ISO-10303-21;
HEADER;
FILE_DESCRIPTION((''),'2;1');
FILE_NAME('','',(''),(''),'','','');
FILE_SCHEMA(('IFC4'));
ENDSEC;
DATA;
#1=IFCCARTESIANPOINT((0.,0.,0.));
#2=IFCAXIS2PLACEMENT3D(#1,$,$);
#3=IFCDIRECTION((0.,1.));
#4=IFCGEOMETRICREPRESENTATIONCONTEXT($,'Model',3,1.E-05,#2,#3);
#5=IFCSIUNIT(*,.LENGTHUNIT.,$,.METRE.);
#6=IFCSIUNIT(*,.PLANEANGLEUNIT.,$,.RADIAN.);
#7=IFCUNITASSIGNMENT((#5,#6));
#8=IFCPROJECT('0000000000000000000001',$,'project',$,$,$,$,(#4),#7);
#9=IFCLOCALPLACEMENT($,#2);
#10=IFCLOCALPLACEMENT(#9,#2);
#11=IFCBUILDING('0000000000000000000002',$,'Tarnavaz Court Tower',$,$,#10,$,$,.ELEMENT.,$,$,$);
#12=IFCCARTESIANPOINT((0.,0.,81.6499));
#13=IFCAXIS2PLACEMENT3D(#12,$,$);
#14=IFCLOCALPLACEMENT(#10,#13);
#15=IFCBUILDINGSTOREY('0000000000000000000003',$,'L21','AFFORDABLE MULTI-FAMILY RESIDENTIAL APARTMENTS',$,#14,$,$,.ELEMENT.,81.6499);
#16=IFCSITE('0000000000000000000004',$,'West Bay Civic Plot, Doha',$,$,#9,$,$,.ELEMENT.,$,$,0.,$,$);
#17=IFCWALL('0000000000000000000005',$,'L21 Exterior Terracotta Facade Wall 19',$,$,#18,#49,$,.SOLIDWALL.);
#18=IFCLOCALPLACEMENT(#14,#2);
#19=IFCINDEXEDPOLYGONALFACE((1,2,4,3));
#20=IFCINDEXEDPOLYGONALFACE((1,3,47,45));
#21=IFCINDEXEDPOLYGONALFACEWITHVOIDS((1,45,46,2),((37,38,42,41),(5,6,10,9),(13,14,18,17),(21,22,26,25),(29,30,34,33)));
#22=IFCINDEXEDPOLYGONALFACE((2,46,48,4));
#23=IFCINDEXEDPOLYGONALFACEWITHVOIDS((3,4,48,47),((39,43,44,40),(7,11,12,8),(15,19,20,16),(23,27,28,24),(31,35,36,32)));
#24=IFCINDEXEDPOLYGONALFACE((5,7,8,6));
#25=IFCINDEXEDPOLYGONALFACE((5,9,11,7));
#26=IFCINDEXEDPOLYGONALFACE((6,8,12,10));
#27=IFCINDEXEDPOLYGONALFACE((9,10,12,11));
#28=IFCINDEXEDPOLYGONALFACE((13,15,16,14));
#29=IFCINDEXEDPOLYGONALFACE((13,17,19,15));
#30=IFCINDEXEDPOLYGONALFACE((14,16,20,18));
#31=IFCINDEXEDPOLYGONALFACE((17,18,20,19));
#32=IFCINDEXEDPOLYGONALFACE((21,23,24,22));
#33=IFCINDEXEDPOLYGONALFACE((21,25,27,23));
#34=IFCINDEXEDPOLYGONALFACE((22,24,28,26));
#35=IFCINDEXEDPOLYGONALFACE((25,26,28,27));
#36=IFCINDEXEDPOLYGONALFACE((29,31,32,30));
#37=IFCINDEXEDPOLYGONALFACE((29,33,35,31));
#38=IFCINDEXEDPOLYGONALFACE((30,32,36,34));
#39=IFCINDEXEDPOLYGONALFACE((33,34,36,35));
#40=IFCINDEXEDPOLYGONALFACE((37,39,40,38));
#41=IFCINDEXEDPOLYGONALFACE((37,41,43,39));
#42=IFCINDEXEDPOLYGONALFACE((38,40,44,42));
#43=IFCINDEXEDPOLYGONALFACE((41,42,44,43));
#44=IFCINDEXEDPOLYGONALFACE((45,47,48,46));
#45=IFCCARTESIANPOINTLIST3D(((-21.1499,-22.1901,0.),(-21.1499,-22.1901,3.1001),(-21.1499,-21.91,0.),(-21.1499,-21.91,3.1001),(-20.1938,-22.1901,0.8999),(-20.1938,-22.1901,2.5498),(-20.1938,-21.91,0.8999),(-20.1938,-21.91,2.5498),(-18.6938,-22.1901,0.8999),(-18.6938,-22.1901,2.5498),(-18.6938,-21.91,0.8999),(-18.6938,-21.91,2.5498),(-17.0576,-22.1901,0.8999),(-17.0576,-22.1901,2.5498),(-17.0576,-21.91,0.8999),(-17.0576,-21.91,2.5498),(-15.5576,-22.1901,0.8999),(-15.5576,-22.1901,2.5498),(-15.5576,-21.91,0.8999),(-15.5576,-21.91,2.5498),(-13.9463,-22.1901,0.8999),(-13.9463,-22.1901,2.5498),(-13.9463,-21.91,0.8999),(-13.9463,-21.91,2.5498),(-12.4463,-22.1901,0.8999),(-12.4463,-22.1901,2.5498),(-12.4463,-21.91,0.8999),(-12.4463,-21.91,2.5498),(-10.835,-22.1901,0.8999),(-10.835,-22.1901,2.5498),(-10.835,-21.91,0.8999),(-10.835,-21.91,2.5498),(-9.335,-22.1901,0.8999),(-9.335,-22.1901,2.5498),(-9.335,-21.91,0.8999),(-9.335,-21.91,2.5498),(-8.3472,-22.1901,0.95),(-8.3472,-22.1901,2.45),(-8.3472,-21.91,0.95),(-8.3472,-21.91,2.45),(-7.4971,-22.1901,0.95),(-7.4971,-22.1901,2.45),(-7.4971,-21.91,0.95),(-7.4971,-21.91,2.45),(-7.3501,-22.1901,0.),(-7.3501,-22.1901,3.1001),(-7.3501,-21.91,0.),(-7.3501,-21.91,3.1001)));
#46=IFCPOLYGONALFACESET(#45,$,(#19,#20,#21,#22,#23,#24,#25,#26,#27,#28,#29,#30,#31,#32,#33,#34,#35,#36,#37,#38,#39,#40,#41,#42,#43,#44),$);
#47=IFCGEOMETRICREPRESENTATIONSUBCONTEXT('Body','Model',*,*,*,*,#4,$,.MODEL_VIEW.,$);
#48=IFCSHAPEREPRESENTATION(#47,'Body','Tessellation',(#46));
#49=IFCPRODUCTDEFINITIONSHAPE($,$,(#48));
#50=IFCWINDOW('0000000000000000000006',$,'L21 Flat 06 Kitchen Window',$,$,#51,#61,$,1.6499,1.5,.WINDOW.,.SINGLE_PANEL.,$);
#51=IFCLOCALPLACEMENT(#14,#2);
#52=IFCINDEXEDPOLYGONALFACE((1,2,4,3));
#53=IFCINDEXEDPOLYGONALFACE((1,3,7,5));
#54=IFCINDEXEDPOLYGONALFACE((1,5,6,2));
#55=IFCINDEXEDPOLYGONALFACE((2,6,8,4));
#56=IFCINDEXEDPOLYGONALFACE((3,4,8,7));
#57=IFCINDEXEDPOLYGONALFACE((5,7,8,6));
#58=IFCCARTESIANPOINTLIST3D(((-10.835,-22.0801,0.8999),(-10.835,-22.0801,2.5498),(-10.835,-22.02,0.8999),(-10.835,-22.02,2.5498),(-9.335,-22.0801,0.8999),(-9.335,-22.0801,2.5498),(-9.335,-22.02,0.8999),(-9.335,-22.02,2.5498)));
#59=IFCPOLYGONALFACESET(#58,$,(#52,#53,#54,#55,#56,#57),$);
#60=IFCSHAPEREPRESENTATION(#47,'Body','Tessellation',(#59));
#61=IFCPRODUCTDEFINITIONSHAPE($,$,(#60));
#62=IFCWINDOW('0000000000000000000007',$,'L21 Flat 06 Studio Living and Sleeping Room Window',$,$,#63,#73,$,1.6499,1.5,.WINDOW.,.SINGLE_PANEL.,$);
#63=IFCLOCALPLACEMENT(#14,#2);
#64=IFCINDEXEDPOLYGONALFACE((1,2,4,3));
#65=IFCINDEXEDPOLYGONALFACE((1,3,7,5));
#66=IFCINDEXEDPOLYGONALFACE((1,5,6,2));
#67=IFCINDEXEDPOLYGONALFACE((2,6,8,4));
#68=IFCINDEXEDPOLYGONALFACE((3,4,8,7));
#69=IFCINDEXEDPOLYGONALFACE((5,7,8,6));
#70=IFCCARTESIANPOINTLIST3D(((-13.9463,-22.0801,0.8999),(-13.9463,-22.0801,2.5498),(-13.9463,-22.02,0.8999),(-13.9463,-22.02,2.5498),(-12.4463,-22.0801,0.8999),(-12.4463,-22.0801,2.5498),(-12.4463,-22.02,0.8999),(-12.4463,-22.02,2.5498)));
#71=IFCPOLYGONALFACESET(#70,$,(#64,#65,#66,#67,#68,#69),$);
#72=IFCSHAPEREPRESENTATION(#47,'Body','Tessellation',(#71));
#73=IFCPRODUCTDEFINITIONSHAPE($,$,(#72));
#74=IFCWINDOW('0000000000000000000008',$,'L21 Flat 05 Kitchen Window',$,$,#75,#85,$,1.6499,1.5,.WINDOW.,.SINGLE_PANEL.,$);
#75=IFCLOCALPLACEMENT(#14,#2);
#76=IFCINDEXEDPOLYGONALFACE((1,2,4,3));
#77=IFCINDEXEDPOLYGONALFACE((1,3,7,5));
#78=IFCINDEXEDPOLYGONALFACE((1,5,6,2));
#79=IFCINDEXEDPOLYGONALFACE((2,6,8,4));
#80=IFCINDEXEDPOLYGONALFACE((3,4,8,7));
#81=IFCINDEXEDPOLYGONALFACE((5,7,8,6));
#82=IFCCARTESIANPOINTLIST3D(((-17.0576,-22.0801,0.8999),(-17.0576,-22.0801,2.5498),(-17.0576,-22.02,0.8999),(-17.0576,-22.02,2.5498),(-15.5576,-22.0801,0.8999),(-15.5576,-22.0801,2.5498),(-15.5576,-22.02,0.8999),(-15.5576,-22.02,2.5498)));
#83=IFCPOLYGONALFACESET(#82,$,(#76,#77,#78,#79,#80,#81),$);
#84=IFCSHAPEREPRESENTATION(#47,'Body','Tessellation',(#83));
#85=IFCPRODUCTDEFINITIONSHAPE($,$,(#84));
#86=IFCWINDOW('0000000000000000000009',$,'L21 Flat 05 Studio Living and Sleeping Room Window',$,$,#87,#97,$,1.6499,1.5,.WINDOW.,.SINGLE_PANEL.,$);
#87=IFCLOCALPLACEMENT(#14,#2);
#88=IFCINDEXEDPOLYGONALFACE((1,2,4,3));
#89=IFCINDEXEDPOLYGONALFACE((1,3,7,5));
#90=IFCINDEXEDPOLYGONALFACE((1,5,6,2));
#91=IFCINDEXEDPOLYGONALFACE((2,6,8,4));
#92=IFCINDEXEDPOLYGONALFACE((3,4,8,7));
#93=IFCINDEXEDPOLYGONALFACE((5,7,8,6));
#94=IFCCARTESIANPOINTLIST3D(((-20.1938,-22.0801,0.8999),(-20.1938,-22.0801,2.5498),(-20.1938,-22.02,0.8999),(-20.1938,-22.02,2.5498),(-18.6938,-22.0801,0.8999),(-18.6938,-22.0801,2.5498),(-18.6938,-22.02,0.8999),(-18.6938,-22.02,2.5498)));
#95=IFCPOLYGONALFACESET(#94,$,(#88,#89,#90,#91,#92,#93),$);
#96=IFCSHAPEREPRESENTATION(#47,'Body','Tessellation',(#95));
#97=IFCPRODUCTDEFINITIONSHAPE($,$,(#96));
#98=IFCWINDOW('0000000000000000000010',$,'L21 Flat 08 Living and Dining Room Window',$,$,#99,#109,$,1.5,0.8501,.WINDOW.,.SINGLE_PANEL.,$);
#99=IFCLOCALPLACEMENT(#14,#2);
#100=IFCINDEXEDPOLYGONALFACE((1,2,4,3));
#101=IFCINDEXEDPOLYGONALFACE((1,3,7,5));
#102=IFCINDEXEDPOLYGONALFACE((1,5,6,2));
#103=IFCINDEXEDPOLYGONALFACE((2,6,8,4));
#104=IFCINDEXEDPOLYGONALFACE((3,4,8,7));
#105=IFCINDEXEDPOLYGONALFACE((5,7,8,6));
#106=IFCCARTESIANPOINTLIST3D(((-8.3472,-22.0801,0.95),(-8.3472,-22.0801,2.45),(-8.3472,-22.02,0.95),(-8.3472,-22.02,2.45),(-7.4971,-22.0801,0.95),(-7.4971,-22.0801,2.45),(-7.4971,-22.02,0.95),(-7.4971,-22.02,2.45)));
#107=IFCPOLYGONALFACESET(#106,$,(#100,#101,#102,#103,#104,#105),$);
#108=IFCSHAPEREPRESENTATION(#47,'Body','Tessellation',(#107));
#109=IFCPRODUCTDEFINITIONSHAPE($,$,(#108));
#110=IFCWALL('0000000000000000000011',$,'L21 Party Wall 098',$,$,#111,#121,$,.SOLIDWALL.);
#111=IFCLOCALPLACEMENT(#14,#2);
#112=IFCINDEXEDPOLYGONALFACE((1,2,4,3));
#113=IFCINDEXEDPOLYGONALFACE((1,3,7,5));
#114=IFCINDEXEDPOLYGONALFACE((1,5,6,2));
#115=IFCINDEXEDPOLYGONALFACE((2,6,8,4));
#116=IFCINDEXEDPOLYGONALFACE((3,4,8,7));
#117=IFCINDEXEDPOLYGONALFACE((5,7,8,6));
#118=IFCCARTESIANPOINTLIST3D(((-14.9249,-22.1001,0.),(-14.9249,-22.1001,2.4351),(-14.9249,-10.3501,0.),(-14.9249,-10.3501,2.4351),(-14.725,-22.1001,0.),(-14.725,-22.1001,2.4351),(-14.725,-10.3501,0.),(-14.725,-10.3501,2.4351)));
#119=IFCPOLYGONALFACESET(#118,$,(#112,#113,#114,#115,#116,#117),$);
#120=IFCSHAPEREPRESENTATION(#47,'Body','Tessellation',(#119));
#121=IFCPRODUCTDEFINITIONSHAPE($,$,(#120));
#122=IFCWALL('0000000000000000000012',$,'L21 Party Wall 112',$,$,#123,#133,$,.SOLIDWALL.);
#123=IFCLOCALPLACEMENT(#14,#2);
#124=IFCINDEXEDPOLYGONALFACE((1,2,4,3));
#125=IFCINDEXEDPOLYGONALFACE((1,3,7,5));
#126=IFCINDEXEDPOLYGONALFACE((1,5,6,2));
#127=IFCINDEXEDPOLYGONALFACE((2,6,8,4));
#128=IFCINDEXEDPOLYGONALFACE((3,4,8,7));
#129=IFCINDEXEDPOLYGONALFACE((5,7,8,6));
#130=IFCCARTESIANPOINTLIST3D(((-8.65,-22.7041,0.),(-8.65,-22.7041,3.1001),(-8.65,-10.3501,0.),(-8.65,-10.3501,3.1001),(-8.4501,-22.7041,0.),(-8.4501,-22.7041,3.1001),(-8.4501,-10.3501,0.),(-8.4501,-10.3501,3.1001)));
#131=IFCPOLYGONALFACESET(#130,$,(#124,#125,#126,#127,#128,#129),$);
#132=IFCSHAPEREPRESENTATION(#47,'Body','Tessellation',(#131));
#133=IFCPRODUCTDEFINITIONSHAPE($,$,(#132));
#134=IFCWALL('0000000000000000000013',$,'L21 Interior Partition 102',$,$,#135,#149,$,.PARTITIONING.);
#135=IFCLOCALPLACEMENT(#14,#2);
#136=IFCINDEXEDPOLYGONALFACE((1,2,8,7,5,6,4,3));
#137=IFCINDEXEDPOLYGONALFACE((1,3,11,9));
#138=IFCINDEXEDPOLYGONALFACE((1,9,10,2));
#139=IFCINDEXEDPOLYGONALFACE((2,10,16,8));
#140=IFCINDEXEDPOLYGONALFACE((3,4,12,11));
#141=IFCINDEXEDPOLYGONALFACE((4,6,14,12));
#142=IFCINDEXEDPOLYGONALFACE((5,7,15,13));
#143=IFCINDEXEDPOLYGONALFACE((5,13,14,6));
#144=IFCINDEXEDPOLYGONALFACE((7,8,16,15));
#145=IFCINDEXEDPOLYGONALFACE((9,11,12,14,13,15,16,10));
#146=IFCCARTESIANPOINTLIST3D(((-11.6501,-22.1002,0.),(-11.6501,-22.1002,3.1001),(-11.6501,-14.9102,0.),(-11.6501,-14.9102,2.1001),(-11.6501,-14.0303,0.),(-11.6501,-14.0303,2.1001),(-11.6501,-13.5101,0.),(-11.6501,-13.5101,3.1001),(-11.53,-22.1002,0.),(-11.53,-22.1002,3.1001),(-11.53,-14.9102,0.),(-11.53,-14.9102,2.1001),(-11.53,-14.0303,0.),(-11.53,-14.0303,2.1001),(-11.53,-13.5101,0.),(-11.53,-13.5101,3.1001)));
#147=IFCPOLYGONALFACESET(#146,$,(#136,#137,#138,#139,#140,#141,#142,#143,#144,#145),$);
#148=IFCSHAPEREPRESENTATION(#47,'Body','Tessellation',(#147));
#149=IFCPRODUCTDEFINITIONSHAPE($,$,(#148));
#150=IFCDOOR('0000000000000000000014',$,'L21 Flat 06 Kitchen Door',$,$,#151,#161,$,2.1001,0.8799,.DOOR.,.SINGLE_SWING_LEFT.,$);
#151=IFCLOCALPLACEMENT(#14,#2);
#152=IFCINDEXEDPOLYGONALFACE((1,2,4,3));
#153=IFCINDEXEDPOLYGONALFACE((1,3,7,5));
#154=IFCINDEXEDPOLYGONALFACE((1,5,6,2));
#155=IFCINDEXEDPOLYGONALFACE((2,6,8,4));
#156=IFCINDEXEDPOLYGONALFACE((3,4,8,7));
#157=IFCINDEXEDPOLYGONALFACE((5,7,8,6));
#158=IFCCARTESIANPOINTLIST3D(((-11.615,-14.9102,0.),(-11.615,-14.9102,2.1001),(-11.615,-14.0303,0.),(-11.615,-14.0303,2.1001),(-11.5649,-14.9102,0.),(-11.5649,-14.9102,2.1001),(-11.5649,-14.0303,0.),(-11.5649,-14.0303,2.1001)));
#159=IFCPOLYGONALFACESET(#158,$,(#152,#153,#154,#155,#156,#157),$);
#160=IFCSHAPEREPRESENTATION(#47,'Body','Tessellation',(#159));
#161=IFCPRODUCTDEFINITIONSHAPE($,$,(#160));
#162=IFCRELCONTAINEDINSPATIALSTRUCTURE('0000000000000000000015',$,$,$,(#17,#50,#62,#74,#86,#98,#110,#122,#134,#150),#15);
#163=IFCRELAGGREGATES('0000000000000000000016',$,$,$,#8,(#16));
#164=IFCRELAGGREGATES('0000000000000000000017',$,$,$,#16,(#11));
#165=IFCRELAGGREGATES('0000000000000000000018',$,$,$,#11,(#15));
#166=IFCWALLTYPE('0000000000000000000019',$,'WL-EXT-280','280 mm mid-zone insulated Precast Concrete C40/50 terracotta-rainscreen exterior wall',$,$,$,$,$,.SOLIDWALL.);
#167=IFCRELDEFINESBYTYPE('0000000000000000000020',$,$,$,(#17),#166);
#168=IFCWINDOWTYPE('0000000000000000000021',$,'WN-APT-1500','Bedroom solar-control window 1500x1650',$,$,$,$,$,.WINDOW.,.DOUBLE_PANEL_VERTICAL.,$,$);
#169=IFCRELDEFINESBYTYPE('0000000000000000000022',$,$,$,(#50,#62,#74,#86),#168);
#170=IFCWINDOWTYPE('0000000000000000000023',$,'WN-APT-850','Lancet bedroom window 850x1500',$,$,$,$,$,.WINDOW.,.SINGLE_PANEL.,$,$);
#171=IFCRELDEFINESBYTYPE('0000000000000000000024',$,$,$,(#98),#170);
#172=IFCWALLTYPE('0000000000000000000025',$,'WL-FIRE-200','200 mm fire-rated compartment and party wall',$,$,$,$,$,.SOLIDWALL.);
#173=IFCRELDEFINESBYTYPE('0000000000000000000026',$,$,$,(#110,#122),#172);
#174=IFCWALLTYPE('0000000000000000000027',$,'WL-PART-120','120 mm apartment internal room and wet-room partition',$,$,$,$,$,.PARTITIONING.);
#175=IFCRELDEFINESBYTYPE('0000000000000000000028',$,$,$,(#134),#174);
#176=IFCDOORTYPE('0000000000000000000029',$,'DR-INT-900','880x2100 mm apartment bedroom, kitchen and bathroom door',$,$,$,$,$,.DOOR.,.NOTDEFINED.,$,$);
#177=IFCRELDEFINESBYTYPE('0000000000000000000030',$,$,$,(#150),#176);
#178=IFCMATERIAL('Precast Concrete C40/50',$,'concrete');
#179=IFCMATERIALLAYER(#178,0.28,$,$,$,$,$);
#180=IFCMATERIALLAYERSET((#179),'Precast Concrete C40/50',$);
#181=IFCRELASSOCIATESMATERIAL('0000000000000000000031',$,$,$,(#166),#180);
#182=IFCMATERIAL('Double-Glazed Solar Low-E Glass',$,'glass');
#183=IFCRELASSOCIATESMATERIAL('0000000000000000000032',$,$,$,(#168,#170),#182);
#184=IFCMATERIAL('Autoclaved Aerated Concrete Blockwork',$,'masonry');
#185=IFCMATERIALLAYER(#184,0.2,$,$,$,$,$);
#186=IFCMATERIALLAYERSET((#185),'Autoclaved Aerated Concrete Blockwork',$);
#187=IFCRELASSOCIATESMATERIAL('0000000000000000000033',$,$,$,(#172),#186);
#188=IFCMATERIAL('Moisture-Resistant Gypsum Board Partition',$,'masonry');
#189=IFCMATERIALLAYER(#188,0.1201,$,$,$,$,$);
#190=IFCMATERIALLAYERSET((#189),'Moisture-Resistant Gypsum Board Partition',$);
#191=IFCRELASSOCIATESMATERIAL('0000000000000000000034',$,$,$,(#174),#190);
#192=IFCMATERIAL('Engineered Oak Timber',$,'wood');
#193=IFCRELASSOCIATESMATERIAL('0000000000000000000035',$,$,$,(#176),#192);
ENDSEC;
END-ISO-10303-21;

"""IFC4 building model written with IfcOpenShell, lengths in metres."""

from ifc_helpers import new_model, si_unit, direction, frame, frame_2d, origin, place, context, subcontext, project, spatial, rectangle, extrude, material, layer, layer_set, type_object, element, fill, save


model = new_model("IFC4")

# Units and contexts
model_context = context("Model", 3, precision=1e-05, world=origin(), true_north=direction((0.0, 1.0)))
body_context = subcontext(model_context, "Body", "Model", "MODEL_VIEW")
ifc_project = project(units=[si_unit("LENGTHUNIT", "METRE"), si_unit("PLANEANGLEUNIT", "RADIAN")], contexts=[model_context])

# Site, building, storey
site_placement = place(None, origin())
site = spatial("IfcSite", under=ifc_project, at=site_placement, Name="West Bay Civic Plot, Doha", CompositionType="ELEMENT", RefElevation=0.0)
building_placement = place(site_placement, origin())
building = spatial("IfcBuilding", under=site, at=building_placement, Name="Tarnavaz Court Tower", CompositionType="ELEMENT")
storey_placement = place(building_placement, frame((0.0, 0.0, 81.6499)))
storey = spatial("IfcBuildingStorey", under=building, at=storey_placement, Name="L21", Description="AFFORDABLE MULTI-FAMILY RESIDENTIAL APARTMENTS", CompositionType="ELEMENT", Elevation=81.6499)

# Shared definitions
ifc_material_1 = material(Name="Double-Glazed Solar Low-E Glass", Category="glass")

# Shared definitions
ifc_material_2 = material(Name="Precast Concrete C40/50", Category="concrete")
ifc_layer_1 = layer(ifc_material_2, 0.28)
ifc_layer_set_1 = layer_set([ifc_layer_1], Name="Precast Concrete C40/50")
wall_type_1 = type_object("IfcWallType", Name="WL-EXT-280", Description="280 mm mid-zone insulated Precast Concrete C40/50 terracotta-rainscreen exterior wall", PredefinedType="SOLIDWALL", material=ifc_layer_set_1)

# Wall, openings, windows
wall_1_placement = place(storey_placement, frame((-7.3501, -22.05, 0.0), z_axis=(0.0, 0.0, 1.0), x_axis=(-1.0, 0.0, 0.0)))
wall_1 = element("IfcWall", 1, at=wall_1_placement, inside=storey, type_object=wall_type_1, Name="L21 Exterior Terracotta Facade Wall 19", PredefinedType="SOLIDWALL", context=body_context, shape_type="SweptSolid", body=[
    extrude(rectangle(XDim=13.7998, YDim=0.28, at=frame_2d((6.8999, 0.0))), origin(), (0.0, 0.0, 1.0), 3.1001),
])
opening_1_placement = place(wall_1_placement, frame((0.147, 0.0, 0.95)))
opening_1 = element("IfcOpeningElement", 2, at=opening_1_placement, cuts=wall_1, PredefinedType="OPENING", context=body_context, shape_type="SweptSolid", body=[
    extrude(rectangle(XDim=0.8501, YDim=1.5, at=frame_2d((0.425, 0.75))), frame((0.0, 0.1499, 0.0), z_axis=(0.0, -1.0, 0.0), x_axis=(1.0, 0.0, 0.0)), (0.0, 0.0, 1.0), 0.3),
])
opening_2_placement = place(wall_1_placement, frame((1.9849, 0.0, 0.8999)))
opening_2 = element("IfcOpeningElement", 3, at=opening_2_placement, cuts=wall_1, PredefinedType="OPENING", context=body_context, shape_type="SweptSolid", body=[
    extrude(rectangle(XDim=1.5, YDim=1.6499, at=frame_2d((0.75, 0.825))), frame((0.0, 0.1499, 0.0), z_axis=(0.0, -1.0, 0.0), x_axis=(1.0, 0.0, 0.0)), (0.0, 0.0, 1.0), 0.3),
])
opening_3_placement = place(wall_1_placement, frame((5.0962, 0.0, 0.8999)))
opening_3 = element("IfcOpeningElement", 4, at=opening_3_placement, cuts=wall_1, PredefinedType="OPENING", context=body_context, shape_type="SweptSolid", body=[
    extrude(rectangle(XDim=1.5, YDim=1.6499, at=frame_2d((0.75, 0.825))), frame((0.0, 0.1499, 0.0), z_axis=(0.0, -1.0, 0.0), x_axis=(1.0, 0.0, 0.0)), (0.0, 0.0, 1.0), 0.3),
])
opening_4_placement = place(wall_1_placement, frame((8.2075, 0.0, 0.8999)))
opening_4 = element("IfcOpeningElement", 5, at=opening_4_placement, cuts=wall_1, PredefinedType="OPENING", context=body_context, shape_type="SweptSolid", body=[
    extrude(rectangle(XDim=1.5, YDim=1.6499, at=frame_2d((0.75, 0.825))), frame((0.0, 0.1499, 0.0), z_axis=(0.0, -1.0, 0.0), x_axis=(1.0, 0.0, 0.0)), (0.0, 0.0, 1.0), 0.3),
])
opening_5_placement = place(wall_1_placement, frame((11.3438, 0.0, 0.8999)))
opening_5 = element("IfcOpeningElement", 6, at=opening_5_placement, cuts=wall_1, PredefinedType="OPENING", context=body_context, shape_type="SweptSolid", body=[
    extrude(rectangle(XDim=1.5, YDim=1.6499, at=frame_2d((0.75, 0.825))), frame((0.0, 0.1499, 0.0), z_axis=(0.0, -1.0, 0.0), x_axis=(1.0, 0.0, 0.0)), (0.0, 0.0, 1.0), 0.3),
])
window_type_1 = type_object("IfcWindowType", Name="WN-APT-1500", Description="Bedroom solar-control window 1500x1650", PartitioningType="DOUBLE_PANEL_VERTICAL", PredefinedType="WINDOW", material=ifc_material_1)
window_1_placement = place(opening_2_placement, origin())
window_1 = element("IfcWindow", 7, at=window_1_placement, inside=storey, type_object=window_type_1, Name="L21 Flat 06 Kitchen Window", OverallHeight=1.6499, OverallWidth=1.5, PartitioningType="SINGLE_PANEL", PredefinedType="WINDOW", context=body_context, shape_type="SweptSolid", body=[
    extrude(rectangle(XDim=1.5, YDim=1.6499, at=frame_2d((0.75, 0.825))), frame((0.0, 0.03, 0.0), z_axis=(0.0, -1.0, 0.0), x_axis=(1.0, 0.0, 0.0)), (0.0, 0.0, 1.0), 0.0601),
])
fill(opening_2, window_1)
window_2_placement = place(opening_3_placement, origin())
window_2 = element("IfcWindow", 8, at=window_2_placement, inside=storey, type_object=window_type_1, Name="L21 Flat 06 Studio Living and Sleeping Room Window", OverallHeight=1.6499, OverallWidth=1.5, PartitioningType="SINGLE_PANEL", PredefinedType="WINDOW", context=body_context, shape_type="SweptSolid", body=[
    extrude(rectangle(XDim=1.5, YDim=1.6499, at=frame_2d((0.75, 0.825))), frame((0.0, 0.03, 0.0), z_axis=(0.0, -1.0, 0.0), x_axis=(1.0, 0.0, 0.0)), (0.0, 0.0, 1.0), 0.0601),
])
fill(opening_3, window_2)
window_3_placement = place(opening_4_placement, origin())
window_3 = element("IfcWindow", 9, at=window_3_placement, inside=storey, type_object=window_type_1, Name="L21 Flat 05 Kitchen Window", OverallHeight=1.6499, OverallWidth=1.5, PartitioningType="SINGLE_PANEL", PredefinedType="WINDOW", context=body_context, shape_type="SweptSolid", body=[
    extrude(rectangle(XDim=1.5, YDim=1.6499, at=frame_2d((0.75, 0.825))), frame((0.0, 0.03, 0.0), z_axis=(0.0, -1.0, 0.0), x_axis=(1.0, 0.0, 0.0)), (0.0, 0.0, 1.0), 0.0601),
])
fill(opening_4, window_3)
window_4_placement = place(opening_5_placement, origin())
window_4 = element("IfcWindow", 10, at=window_4_placement, inside=storey, type_object=window_type_1, Name="L21 Flat 05 Studio Living and Sleeping Room Window", OverallHeight=1.6499, OverallWidth=1.5, PartitioningType="SINGLE_PANEL", PredefinedType="WINDOW", context=body_context, shape_type="SweptSolid", body=[
    extrude(rectangle(XDim=1.5, YDim=1.6499, at=frame_2d((0.75, 0.825))), frame((0.0, 0.03, 0.0), z_axis=(0.0, -1.0, 0.0), x_axis=(1.0, 0.0, 0.0)), (0.0, 0.0, 1.0), 0.0601),
])
fill(opening_5, window_4)
window_type_2 = type_object("IfcWindowType", Name="WN-APT-850", Description="Lancet bedroom window 850x1500", PartitioningType="SINGLE_PANEL", PredefinedType="WINDOW", material=ifc_material_1)
window_5_placement = place(opening_1_placement, origin())
window_5 = element("IfcWindow", 11, at=window_5_placement, inside=storey, type_object=window_type_2, Name="L21 Flat 08 Living and Dining Room Window", OverallHeight=1.5, OverallWidth=0.8501, PartitioningType="SINGLE_PANEL", PredefinedType="WINDOW", context=body_context, shape_type="SweptSolid", body=[
    extrude(rectangle(XDim=0.8501, YDim=1.5, at=frame_2d((0.425, 0.75))), frame((0.0, 0.03, 0.0), z_axis=(0.0, -1.0, 0.0), x_axis=(1.0, 0.0, 0.0)), (0.0, 0.0, 1.0), 0.0601),
])
fill(opening_1, window_5)

# Walls
ifc_material_3 = material(Name="Autoclaved Aerated Concrete Blockwork", Category="masonry")
ifc_layer_2 = layer(ifc_material_3, 0.2)
ifc_layer_set_2 = layer_set([ifc_layer_2], Name="Autoclaved Aerated Concrete Blockwork")
wall_type_2 = type_object("IfcWallType", Name="WL-FIRE-200", Description="200 mm fire-rated compartment and party wall", PredefinedType="SOLIDWALL", material=ifc_layer_set_2)
wall_2_placement = place(storey_placement, frame((-14.825, -22.1001, 0.0), z_axis=(0.0, 0.0, 1.0), x_axis=(0.0, 1.0, 0.0)))
element("IfcWall", 12, at=wall_2_placement, inside=storey, type_object=wall_type_2, Name="L21 Party Wall 098", PredefinedType="SOLIDWALL", context=body_context, shape_type="SweptSolid", body=[
    extrude(rectangle(XDim=11.75, YDim=0.2, at=frame_2d((5.875, 0.0))), origin(), (0.0, 0.0, 1.0), 2.4351),
])
wall_3_placement = place(storey_placement, frame((-8.55, -22.7041, 0.0), z_axis=(0.0, 0.0, 1.0), x_axis=(0.0, 1.0, 0.0)))
element("IfcWall", 13, at=wall_3_placement, inside=storey, type_object=wall_type_2, Name="L21 Party Wall 112", PredefinedType="SOLIDWALL", context=body_context, shape_type="SweptSolid", body=[
    extrude(rectangle(XDim=12.354, YDim=0.2, at=frame_2d((6.177, 0.0))), origin(), (0.0, 0.0, 1.0), 3.1001),
])

# Wall, opening, door
ifc_material_4 = material(Name="Moisture-Resistant Gypsum Board Partition", Category="masonry")
ifc_layer_3 = layer(ifc_material_4, 0.1201)
ifc_layer_set_3 = layer_set([ifc_layer_3], Name="Moisture-Resistant Gypsum Board Partition")
wall_type_3 = type_object("IfcWallType", Name="WL-PART-120", Description="120 mm apartment internal room and wet-room partition", PredefinedType="PARTITIONING", material=ifc_layer_set_3)
wall_4_placement = place(storey_placement, frame((-11.5901, -22.1001, 0.0), z_axis=(0.0, 0.0, 1.0), x_axis=(0.0, 1.0, 0.0)))
wall_4 = element("IfcWall", 14, at=wall_4_placement, inside=storey, type_object=wall_type_3, Name="L21 Interior Partition 102", PredefinedType="PARTITIONING", context=body_context, shape_type="SweptSolid", body=[
    extrude(rectangle(XDim=8.5901, YDim=0.1201, at=frame_2d((4.2949, 0.0))), origin(), (0.0, 0.0, 1.0), 3.1001),
])
opening_6_placement = place(wall_4_placement, frame((7.1899, 0.0, 0.0)))
opening_6 = element("IfcOpeningElement", 15, at=opening_6_placement, cuts=wall_4, PredefinedType="OPENING", context=body_context, shape_type="SweptSolid", body=[
    extrude(rectangle(XDim=0.8799, YDim=2.1001, at=frame_2d((0.4399, 1.05))), frame((0.0, 0.0701, 0.0), z_axis=(0.0, -1.0, 0.0), x_axis=(1.0, 0.0, 0.0)), (0.0, 0.0, 1.0), 0.1401),
])
ifc_material_5 = material(Name="Engineered Oak Timber", Category="wood")
door_type_1 = type_object("IfcDoorType", Name="DR-INT-900", Description="880x2100 mm apartment bedroom, kitchen and bathroom door", OperationType="NOTDEFINED", PredefinedType="DOOR", material=ifc_material_5)
door_1_placement = place(opening_6_placement, origin())
door_1 = element("IfcDoor", 16, at=door_1_placement, inside=storey, type_object=door_type_1, Name="L21 Flat 06 Kitchen Door", OperationType="SINGLE_SWING_LEFT", OverallHeight=2.1001, OverallWidth=0.8799, PredefinedType="DOOR", context=body_context, shape_type="SweptSolid", body=[
    extrude(rectangle(XDim=0.8799, YDim=2.1001, at=frame_2d((0.4399, 1.05))), frame((0.0, 0.0249, 0.0), z_axis=(0.0, -1.0, 0.0), x_axis=(1.0, 0.0, 0.0)), (0.0, 0.0, 1.0), 0.05),
])
fill(opening_6, door_1)

save(model, "model.ifc")
